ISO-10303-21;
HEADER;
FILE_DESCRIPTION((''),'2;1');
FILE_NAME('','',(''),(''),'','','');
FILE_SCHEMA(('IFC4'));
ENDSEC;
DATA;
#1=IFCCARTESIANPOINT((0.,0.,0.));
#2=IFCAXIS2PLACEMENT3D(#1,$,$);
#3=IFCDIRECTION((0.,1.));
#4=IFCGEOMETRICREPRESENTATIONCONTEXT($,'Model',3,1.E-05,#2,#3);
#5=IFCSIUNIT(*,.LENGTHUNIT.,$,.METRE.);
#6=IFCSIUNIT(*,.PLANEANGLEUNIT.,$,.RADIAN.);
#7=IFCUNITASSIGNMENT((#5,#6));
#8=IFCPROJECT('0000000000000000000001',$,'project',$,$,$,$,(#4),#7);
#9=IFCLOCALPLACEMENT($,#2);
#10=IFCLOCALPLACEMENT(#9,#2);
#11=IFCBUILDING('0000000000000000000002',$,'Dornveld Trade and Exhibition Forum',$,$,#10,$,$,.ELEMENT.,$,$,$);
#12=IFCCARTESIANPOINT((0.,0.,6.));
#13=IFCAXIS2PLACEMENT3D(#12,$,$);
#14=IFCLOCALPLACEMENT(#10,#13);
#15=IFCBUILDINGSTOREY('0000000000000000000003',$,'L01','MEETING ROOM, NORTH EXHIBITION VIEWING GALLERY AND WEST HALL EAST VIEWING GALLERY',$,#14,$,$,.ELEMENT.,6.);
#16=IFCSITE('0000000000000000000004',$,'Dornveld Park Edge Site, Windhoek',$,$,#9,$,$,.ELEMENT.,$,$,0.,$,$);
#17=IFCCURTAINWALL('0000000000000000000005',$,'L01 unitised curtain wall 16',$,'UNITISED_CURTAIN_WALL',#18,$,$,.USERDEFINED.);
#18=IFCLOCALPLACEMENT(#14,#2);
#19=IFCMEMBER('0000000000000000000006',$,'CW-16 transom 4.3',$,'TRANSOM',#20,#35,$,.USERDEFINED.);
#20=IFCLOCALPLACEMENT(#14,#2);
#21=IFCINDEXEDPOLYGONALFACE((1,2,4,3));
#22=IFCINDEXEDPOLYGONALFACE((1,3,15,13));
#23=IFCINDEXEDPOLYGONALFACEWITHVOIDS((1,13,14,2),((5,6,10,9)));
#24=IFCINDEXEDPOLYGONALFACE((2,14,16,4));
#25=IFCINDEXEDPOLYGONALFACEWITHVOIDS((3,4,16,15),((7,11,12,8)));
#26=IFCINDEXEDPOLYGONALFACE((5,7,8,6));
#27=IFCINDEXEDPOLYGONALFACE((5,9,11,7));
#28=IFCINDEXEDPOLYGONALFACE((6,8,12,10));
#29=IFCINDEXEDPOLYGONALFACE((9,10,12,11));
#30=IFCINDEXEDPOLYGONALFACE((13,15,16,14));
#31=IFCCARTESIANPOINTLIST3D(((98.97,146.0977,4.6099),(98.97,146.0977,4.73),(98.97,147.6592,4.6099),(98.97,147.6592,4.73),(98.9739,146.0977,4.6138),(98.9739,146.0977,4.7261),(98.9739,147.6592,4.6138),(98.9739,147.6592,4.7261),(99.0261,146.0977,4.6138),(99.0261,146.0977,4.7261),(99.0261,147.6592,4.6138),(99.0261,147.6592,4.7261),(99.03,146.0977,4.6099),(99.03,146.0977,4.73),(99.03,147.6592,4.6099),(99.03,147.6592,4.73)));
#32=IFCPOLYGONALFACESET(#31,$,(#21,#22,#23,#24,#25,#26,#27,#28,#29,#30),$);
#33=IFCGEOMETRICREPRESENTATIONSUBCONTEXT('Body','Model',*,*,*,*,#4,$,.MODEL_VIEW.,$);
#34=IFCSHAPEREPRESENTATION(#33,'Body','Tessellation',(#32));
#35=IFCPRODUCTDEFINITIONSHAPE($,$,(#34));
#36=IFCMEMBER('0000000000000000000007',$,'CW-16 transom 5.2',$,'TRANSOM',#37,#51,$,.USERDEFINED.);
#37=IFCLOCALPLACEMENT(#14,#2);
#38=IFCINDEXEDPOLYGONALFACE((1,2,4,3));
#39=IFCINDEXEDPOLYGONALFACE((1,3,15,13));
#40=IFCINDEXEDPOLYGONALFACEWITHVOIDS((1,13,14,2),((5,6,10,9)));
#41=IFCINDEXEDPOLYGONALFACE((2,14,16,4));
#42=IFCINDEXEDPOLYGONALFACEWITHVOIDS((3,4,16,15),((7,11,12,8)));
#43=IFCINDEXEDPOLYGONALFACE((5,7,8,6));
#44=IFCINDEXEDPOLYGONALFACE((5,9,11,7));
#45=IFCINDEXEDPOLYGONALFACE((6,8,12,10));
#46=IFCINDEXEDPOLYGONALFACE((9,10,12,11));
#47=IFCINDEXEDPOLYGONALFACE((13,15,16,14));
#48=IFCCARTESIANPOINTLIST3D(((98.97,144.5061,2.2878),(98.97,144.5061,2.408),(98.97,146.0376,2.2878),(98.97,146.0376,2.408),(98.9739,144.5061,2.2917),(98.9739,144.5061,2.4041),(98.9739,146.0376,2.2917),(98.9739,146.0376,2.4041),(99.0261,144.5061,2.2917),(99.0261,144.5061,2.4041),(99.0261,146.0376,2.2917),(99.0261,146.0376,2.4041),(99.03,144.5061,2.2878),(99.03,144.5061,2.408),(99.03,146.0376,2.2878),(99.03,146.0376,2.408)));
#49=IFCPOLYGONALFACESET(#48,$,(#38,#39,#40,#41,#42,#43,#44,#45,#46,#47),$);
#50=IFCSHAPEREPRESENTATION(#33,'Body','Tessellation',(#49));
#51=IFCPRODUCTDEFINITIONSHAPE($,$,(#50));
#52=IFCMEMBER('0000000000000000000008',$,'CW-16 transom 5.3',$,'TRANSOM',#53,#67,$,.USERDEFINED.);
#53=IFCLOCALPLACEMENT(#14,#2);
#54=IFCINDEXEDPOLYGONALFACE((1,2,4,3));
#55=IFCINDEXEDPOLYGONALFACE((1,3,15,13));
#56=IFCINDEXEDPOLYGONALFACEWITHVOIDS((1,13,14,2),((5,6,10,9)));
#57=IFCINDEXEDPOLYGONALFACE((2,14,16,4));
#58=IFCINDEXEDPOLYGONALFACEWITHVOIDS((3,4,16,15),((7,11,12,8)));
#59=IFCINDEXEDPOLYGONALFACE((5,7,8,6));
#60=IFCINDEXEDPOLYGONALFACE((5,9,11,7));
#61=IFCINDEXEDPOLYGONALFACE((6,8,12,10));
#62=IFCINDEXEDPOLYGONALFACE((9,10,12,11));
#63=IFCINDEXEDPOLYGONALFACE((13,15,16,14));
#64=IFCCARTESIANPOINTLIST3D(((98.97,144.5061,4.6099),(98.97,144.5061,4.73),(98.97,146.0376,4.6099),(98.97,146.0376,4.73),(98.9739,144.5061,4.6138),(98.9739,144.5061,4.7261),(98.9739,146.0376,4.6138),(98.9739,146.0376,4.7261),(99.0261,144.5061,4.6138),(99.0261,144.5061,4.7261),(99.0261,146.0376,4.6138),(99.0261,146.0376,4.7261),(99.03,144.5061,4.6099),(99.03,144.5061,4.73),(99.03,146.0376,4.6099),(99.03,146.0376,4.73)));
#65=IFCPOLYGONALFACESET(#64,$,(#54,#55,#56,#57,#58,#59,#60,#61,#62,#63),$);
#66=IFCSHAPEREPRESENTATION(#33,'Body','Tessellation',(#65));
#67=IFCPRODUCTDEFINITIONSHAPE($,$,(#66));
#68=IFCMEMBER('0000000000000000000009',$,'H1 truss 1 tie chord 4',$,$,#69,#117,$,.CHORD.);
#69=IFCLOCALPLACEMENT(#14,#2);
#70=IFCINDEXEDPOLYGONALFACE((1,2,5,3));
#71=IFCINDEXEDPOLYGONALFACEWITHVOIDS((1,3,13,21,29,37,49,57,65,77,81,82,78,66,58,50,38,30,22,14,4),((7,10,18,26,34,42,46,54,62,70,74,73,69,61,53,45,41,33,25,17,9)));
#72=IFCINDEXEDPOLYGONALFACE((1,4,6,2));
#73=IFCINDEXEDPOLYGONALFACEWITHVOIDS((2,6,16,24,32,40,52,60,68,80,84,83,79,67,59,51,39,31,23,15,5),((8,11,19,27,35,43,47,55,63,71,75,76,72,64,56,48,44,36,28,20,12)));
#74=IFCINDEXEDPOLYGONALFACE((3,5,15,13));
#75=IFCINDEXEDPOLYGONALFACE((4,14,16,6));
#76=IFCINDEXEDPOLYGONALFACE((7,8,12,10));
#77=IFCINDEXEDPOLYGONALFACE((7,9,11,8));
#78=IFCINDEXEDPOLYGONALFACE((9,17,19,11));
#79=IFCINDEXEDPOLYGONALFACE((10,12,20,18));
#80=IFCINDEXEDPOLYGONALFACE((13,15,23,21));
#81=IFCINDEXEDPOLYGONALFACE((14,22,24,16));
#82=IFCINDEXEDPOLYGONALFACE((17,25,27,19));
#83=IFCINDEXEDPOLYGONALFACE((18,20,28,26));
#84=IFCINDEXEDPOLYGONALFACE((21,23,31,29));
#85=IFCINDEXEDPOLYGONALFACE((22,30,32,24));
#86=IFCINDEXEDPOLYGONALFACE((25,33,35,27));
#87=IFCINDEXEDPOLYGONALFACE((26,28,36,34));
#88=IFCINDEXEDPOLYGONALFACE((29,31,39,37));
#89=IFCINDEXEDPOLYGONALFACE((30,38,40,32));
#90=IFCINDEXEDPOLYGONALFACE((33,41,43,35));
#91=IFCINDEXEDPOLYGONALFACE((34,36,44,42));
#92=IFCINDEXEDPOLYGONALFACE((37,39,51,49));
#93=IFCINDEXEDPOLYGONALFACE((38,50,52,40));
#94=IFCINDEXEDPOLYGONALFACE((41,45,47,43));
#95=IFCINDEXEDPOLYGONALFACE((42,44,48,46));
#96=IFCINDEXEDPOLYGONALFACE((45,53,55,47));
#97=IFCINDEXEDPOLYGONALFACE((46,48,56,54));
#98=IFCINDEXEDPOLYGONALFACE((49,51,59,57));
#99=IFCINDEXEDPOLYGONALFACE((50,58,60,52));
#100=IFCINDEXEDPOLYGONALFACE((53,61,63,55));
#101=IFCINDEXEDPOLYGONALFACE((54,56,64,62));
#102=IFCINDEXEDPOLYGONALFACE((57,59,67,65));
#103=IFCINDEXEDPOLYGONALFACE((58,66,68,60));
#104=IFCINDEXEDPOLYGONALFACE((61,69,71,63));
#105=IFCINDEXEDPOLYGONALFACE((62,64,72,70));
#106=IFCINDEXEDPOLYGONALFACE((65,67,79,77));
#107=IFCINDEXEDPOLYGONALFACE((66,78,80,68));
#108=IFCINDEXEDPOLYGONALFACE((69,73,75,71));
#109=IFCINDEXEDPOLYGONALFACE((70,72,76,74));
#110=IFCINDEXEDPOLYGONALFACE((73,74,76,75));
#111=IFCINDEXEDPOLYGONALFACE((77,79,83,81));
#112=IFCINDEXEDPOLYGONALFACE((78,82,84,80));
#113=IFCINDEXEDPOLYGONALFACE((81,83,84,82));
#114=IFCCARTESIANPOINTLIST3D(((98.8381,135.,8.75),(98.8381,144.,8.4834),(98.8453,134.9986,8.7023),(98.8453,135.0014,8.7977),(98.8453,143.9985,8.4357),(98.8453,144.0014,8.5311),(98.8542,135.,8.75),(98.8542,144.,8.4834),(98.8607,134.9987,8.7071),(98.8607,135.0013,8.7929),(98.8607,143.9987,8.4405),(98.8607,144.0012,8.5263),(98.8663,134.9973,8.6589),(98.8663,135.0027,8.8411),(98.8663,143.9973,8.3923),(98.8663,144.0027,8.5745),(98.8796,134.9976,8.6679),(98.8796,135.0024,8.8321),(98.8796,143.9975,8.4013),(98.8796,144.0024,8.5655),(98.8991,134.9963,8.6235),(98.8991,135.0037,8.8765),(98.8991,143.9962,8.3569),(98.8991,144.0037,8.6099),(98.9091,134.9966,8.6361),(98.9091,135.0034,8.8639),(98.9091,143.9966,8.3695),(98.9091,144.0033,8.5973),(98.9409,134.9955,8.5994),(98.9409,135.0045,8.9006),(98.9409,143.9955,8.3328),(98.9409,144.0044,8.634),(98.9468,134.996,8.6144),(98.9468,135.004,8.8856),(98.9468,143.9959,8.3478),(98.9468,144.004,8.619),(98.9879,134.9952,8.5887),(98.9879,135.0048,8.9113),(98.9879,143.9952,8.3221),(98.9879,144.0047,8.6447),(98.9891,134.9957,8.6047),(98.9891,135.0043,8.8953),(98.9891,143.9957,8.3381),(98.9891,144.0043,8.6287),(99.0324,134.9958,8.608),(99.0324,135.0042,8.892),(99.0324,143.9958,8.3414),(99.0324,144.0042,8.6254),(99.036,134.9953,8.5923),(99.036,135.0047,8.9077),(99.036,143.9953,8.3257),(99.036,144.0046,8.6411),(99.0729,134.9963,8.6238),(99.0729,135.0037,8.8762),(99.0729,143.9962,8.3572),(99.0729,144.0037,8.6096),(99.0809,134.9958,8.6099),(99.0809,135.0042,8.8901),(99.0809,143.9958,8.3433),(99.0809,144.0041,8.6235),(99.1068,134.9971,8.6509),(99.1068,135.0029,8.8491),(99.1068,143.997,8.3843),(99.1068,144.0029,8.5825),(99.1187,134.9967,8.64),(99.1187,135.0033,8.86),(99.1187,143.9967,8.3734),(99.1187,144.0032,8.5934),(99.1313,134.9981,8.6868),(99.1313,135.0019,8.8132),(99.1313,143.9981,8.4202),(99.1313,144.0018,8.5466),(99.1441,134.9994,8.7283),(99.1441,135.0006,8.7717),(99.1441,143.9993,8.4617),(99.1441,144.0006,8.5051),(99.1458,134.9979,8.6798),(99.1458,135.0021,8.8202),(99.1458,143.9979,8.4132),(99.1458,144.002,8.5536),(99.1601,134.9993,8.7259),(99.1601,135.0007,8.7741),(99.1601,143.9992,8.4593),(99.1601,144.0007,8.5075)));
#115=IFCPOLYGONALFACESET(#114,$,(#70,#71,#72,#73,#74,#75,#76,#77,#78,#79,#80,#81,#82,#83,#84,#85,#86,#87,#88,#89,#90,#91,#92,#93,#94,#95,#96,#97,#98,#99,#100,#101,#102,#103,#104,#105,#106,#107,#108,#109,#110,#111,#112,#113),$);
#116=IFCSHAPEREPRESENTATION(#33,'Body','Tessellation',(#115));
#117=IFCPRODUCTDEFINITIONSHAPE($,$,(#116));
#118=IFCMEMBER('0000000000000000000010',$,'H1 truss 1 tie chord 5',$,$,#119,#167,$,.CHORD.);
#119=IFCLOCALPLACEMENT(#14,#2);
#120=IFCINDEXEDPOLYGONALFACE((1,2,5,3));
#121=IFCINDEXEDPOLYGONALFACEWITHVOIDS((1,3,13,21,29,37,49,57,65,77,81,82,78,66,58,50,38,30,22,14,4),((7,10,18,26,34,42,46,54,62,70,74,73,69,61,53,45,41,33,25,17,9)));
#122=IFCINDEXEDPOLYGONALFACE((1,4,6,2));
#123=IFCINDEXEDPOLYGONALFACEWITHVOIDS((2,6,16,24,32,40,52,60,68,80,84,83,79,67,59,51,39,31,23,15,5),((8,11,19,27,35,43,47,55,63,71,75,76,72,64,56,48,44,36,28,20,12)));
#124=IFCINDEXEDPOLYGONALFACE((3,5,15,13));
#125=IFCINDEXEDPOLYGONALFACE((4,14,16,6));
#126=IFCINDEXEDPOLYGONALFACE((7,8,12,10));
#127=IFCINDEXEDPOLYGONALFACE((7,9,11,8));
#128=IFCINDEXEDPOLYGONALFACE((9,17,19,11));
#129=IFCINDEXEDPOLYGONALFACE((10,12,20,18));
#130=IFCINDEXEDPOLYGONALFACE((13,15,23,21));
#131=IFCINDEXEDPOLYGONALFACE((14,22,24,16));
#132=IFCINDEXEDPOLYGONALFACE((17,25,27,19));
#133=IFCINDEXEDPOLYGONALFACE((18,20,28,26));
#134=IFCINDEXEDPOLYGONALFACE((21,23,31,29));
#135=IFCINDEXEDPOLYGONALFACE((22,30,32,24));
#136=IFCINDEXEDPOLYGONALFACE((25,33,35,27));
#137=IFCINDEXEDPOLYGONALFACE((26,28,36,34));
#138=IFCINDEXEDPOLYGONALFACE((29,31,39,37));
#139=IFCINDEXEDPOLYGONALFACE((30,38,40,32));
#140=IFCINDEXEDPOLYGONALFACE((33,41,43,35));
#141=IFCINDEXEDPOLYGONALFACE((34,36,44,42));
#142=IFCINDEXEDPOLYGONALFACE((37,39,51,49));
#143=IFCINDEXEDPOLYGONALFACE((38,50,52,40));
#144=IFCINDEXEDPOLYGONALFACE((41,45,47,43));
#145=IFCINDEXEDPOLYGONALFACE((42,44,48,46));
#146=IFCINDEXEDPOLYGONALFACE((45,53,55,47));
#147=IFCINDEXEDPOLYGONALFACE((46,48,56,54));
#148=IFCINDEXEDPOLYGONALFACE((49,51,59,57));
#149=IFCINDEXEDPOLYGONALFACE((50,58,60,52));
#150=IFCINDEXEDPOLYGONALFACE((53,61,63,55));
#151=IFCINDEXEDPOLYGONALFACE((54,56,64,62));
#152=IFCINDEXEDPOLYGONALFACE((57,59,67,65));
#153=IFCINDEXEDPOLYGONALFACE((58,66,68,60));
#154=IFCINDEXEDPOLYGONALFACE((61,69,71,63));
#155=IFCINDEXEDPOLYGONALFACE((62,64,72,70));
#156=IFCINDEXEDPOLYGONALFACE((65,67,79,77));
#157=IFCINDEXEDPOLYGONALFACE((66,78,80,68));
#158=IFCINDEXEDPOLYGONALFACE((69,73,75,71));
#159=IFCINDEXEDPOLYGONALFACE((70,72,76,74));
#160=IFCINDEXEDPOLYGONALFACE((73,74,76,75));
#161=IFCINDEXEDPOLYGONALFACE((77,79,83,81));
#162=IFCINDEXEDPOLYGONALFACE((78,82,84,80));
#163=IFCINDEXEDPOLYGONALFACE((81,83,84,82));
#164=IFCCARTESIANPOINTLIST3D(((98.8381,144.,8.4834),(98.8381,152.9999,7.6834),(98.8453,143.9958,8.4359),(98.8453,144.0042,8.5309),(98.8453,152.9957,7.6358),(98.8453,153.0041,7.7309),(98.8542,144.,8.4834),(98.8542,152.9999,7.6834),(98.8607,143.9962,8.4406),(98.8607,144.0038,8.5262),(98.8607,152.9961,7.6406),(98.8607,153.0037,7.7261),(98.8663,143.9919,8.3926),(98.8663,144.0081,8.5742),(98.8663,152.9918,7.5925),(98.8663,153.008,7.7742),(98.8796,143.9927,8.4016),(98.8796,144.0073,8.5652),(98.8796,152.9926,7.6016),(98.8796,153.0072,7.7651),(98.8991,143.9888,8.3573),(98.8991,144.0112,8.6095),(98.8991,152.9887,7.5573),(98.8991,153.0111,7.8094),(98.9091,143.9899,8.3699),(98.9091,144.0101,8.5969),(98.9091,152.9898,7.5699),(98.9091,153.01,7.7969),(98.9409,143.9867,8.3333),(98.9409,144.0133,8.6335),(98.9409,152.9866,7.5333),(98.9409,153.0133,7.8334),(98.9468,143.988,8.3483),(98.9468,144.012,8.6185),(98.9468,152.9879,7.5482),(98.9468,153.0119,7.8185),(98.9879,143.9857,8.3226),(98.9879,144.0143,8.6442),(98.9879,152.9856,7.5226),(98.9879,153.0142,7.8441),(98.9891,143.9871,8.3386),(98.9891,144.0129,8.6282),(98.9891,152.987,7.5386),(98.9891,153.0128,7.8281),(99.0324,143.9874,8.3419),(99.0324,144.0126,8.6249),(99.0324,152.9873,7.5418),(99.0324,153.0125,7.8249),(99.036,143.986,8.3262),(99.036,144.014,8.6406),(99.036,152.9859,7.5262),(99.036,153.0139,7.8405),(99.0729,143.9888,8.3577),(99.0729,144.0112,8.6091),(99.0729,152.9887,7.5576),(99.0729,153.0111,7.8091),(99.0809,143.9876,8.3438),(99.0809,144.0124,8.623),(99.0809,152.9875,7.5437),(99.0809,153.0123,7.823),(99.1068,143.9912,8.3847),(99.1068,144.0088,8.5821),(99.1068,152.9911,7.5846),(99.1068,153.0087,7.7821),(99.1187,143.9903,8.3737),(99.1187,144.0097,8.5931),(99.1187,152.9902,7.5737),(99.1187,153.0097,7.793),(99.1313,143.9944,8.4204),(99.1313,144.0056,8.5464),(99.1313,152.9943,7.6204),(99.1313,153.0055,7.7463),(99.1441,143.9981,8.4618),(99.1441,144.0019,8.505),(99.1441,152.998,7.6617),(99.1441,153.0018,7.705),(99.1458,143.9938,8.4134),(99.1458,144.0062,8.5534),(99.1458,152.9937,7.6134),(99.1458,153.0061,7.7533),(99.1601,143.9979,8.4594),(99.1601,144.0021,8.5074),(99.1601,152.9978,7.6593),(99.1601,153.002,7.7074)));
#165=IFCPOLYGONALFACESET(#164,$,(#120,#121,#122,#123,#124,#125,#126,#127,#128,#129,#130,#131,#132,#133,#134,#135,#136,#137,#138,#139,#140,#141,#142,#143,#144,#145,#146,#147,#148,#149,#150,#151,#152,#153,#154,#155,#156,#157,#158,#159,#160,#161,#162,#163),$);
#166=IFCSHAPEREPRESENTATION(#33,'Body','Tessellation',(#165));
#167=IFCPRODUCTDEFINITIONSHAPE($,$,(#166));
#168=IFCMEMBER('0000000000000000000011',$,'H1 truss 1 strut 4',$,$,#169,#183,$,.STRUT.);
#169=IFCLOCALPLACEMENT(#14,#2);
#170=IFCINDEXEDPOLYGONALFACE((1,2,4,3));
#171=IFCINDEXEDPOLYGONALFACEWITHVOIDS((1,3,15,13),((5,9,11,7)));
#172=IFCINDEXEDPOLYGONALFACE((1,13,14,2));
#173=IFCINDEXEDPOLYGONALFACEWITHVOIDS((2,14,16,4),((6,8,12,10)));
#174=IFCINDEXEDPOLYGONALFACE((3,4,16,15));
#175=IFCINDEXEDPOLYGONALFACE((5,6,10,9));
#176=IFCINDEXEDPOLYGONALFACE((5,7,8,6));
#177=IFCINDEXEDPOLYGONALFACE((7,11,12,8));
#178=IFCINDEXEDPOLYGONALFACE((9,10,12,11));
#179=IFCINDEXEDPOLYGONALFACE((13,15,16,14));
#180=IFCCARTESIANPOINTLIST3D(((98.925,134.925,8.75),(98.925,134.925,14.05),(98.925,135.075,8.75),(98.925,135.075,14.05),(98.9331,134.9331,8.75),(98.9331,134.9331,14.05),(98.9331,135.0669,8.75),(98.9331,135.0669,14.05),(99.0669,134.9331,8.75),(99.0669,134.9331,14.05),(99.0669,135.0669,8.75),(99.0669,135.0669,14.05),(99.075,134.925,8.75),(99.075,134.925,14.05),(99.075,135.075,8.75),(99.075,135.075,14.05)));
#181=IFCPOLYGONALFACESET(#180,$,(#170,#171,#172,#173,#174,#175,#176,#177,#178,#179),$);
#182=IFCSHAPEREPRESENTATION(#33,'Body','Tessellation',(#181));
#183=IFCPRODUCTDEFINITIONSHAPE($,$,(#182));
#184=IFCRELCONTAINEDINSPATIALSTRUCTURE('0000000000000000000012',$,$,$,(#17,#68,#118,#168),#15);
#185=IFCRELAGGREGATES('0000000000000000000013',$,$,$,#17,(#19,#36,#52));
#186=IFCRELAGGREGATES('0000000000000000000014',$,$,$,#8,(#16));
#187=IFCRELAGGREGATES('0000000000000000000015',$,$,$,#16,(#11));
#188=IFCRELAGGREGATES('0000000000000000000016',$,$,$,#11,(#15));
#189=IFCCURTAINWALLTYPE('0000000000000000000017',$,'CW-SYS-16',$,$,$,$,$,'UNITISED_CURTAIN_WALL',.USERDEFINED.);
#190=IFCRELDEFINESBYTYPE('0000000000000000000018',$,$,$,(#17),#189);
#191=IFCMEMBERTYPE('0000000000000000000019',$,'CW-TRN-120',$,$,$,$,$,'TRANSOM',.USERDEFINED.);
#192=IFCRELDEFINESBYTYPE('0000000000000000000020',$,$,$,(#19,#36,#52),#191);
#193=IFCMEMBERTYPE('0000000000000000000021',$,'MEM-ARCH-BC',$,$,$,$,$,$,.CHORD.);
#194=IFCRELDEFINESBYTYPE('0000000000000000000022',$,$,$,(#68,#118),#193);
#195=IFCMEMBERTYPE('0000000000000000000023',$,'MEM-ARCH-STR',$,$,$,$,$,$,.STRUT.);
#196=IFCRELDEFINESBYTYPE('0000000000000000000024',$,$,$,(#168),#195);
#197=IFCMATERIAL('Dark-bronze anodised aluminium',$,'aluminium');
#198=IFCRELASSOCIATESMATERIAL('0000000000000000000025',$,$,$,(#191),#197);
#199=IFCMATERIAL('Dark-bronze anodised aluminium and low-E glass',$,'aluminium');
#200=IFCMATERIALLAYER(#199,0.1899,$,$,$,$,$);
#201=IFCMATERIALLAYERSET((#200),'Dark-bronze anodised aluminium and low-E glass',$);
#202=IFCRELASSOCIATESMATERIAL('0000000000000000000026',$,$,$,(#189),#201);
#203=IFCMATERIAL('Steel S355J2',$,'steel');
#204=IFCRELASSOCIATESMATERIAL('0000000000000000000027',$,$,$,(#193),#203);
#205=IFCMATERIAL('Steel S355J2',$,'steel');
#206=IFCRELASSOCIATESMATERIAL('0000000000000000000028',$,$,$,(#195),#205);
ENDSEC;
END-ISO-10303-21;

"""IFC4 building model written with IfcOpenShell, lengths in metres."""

from ifc_helpers import new_model, si_unit, direction, frame, origin, origin_2d, place, context, subcontext, project, spatial, hollow_rectangle, hollow_circle, extrude, material, layer, layer_set, material_profile, profile_set, type_object, element, aggregate, save


model = new_model("IFC4")

# Units and contexts
model_context = context("Model", 3, precision=1e-05, world=origin(), true_north=direction((0.0, 1.0)))
body_context = subcontext(model_context, "Body", "Model", "MODEL_VIEW")
ifc_project = project(units=[si_unit("LENGTHUNIT", "METRE"), si_unit("PLANEANGLEUNIT", "RADIAN")], contexts=[model_context])

# Site, building, storey
site_placement = place(None, origin())
site = spatial("IfcSite", under=ifc_project, at=site_placement, Name="Dornveld Park Edge Site, Windhoek", CompositionType="ELEMENT", RefElevation=0.0)
building_placement = place(site_placement, origin())
building = spatial("IfcBuilding", under=site, at=building_placement, Name="Dornveld Trade and Exhibition Forum", CompositionType="ELEMENT")
storey_placement = place(building_placement, frame((0.0, 0.0, 6.0)))
storey = spatial("IfcBuildingStorey", under=building, at=storey_placement, Name="L01", Description="MEETING ROOM, NORTH EXHIBITION VIEWING GALLERY AND WEST HALL EAST VIEWING GALLERY", CompositionType="ELEMENT", Elevation=6.0)

# Shared definitions
ifc_material_1 = material(Name="Dark-bronze anodised aluminium", Category="aluminium")
ifc_material_profile_1 = material_profile(ifc_material_1, hollow_rectangle(XDim=0.0601, YDim=0.1201, WallThickness=0.0039, at=origin_2d()), Name="RHS 120x60x4")
ifc_profile_set_1 = profile_set([ifc_material_profile_1], Name="Dark-bronze anodised aluminium")
member_type_1 = type_object("IfcMemberType", Name="CW-TRN-120", ElementType="TRANSOM", PredefinedType="USERDEFINED", material=ifc_profile_set_1)

# Curtain wall, members
ifc_material_2 = material(Name="Dark-bronze anodised aluminium and low-E glass", Category="aluminium")
ifc_layer_1 = layer(ifc_material_2, 0.1899)
ifc_layer_set_1 = layer_set([ifc_layer_1], Name="Dark-bronze anodised aluminium and low-E glass")
curtain_wall_type_1 = type_object("IfcCurtainWallType", Name="CW-SYS-16", ElementType="UNITISED_CURTAIN_WALL", PredefinedType="USERDEFINED", material=ifc_layer_set_1)
curtain_wall_1_placement = place(storey_placement, origin())
curtain_wall_1 = element("IfcCurtainWall", 1, at=curtain_wall_1_placement, inside=storey, type_object=curtain_wall_type_1, Name="L01 unitised curtain wall 16", ObjectType="UNITISED_CURTAIN_WALL", PredefinedType="USERDEFINED")
member_1_placement = place(storey_placement, frame((99.0, 147.6592, 4.6699), z_axis=(0.0, -1.0, 0.0), x_axis=(1.0, 0.0, 0.0)))
member_1 = element("IfcMember", 2, at=member_1_placement, type_object=member_type_1, Name="CW-16 transom 4.3", ObjectType="TRANSOM", PredefinedType="USERDEFINED", context=body_context, shape_type="SweptSolid", body=[
    extrude(hollow_rectangle(XDim=0.0601, YDim=0.1201, WallThickness=0.0039, at=origin_2d()), origin(), (0.0, 0.0, 1.0), 1.5615),
])
member_2_placement = place(storey_placement, frame((99.0, 146.0376, 2.3479), z_axis=(0.0, -1.0, 0.0), x_axis=(1.0, 0.0, 0.0)))
member_2 = element("IfcMember", 3, at=member_2_placement, type_object=member_type_1, Name="CW-16 transom 5.2", ObjectType="TRANSOM", PredefinedType="USERDEFINED", context=body_context, shape_type="SweptSolid", body=[
    extrude(hollow_rectangle(XDim=0.0601, YDim=0.1201, WallThickness=0.0039, at=origin_2d()), origin(), (0.0, 0.0, 1.0), 1.5315),
])
member_3_placement = place(storey_placement, frame((99.0, 146.0376, 4.6699), z_axis=(0.0, -1.0, 0.0), x_axis=(1.0, 0.0, 0.0)))
member_3 = element("IfcMember", 4, at=member_3_placement, type_object=member_type_1, Name="CW-16 transom 5.3", ObjectType="TRANSOM", PredefinedType="USERDEFINED", context=body_context, shape_type="SweptSolid", body=[
    extrude(hollow_rectangle(XDim=0.0601, YDim=0.1201, WallThickness=0.0039, at=origin_2d()), origin(), (0.0, 0.0, 1.0), 1.5315),
])

# Members
ifc_material_3 = material(Name="Steel S355J2", Category="steel")
ifc_material_profile_2 = material_profile(ifc_material_3, hollow_circle(Radius=0.1619, WallThickness=0.0161, at=origin_2d()), Name="CHS 323.9x16")
ifc_profile_set_2 = profile_set([ifc_material_profile_2], Name="Steel S355J2")
member_type_2 = type_object("IfcMemberType", Name="MEM-ARCH-BC", PredefinedType="CHORD", material=ifc_profile_set_2)
member_4_placement = place(storey_placement, frame((99.0, 135.0, 8.75), z_axis=(0.0, 0.999562, -0.029609), x_axis=(-1.0, 0.0, 0.0)))
element("IfcMember", 5, at=member_4_placement, inside=storey, type_object=member_type_2, Name="H1 truss 1 tie chord 4", PredefinedType="CHORD", context=body_context, shape_type="SweptSolid", body=[
    extrude(hollow_circle(Radius=0.1619, WallThickness=0.0161, at=origin_2d()), origin(), (0.0, 0.0, 1.0), 9.0039),
])
member_5_placement = place(storey_placement, frame((99.0, 144.0, 8.4834), z_axis=(0.0, 0.996072, -0.088545), x_axis=(-1.0, 0.0, 0.0)))
element("IfcMember", 6, at=member_5_placement, inside=storey, type_object=member_type_2, Name="H1 truss 1 tie chord 5", PredefinedType="CHORD", context=body_context, shape_type="SweptSolid", body=[
    extrude(hollow_circle(Radius=0.1619, WallThickness=0.0161, at=origin_2d()), origin(), (0.0, 0.0, 1.0), 9.0354),
])
ifc_material_4 = material(Name="Steel S355J2", Category="steel")
ifc_material_profile_3 = material_profile(ifc_material_4, hollow_rectangle(XDim=0.1499, YDim=0.1499, WallThickness=0.0081, at=origin_2d()), Name="SHS 150x150x8")
ifc_profile_set_3 = profile_set([ifc_material_profile_3], Name="Steel S355J2")
member_type_3 = type_object("IfcMemberType", Name="MEM-ARCH-STR", PredefinedType="STRUT", material=ifc_profile_set_3)
member_6_placement = place(storey_placement, frame((99.0, 135.0, 8.75), z_axis=(0.0, 0.0, 1.0), x_axis=(1.0, 0.0, 0.0)))
element("IfcMember", 7, at=member_6_placement, inside=storey, type_object=member_type_3, Name="H1 truss 1 strut 4", PredefinedType="STRUT", context=body_context, shape_type="SweptSolid", body=[
    extrude(hollow_rectangle(XDim=0.1499, YDim=0.1499, WallThickness=0.0081, at=origin_2d()), origin(), (0.0, 0.0, 1.0), 5.3),
])

aggregate(curtain_wall_1, [member_1, member_2, member_3])

save(model, "model.ifc")
